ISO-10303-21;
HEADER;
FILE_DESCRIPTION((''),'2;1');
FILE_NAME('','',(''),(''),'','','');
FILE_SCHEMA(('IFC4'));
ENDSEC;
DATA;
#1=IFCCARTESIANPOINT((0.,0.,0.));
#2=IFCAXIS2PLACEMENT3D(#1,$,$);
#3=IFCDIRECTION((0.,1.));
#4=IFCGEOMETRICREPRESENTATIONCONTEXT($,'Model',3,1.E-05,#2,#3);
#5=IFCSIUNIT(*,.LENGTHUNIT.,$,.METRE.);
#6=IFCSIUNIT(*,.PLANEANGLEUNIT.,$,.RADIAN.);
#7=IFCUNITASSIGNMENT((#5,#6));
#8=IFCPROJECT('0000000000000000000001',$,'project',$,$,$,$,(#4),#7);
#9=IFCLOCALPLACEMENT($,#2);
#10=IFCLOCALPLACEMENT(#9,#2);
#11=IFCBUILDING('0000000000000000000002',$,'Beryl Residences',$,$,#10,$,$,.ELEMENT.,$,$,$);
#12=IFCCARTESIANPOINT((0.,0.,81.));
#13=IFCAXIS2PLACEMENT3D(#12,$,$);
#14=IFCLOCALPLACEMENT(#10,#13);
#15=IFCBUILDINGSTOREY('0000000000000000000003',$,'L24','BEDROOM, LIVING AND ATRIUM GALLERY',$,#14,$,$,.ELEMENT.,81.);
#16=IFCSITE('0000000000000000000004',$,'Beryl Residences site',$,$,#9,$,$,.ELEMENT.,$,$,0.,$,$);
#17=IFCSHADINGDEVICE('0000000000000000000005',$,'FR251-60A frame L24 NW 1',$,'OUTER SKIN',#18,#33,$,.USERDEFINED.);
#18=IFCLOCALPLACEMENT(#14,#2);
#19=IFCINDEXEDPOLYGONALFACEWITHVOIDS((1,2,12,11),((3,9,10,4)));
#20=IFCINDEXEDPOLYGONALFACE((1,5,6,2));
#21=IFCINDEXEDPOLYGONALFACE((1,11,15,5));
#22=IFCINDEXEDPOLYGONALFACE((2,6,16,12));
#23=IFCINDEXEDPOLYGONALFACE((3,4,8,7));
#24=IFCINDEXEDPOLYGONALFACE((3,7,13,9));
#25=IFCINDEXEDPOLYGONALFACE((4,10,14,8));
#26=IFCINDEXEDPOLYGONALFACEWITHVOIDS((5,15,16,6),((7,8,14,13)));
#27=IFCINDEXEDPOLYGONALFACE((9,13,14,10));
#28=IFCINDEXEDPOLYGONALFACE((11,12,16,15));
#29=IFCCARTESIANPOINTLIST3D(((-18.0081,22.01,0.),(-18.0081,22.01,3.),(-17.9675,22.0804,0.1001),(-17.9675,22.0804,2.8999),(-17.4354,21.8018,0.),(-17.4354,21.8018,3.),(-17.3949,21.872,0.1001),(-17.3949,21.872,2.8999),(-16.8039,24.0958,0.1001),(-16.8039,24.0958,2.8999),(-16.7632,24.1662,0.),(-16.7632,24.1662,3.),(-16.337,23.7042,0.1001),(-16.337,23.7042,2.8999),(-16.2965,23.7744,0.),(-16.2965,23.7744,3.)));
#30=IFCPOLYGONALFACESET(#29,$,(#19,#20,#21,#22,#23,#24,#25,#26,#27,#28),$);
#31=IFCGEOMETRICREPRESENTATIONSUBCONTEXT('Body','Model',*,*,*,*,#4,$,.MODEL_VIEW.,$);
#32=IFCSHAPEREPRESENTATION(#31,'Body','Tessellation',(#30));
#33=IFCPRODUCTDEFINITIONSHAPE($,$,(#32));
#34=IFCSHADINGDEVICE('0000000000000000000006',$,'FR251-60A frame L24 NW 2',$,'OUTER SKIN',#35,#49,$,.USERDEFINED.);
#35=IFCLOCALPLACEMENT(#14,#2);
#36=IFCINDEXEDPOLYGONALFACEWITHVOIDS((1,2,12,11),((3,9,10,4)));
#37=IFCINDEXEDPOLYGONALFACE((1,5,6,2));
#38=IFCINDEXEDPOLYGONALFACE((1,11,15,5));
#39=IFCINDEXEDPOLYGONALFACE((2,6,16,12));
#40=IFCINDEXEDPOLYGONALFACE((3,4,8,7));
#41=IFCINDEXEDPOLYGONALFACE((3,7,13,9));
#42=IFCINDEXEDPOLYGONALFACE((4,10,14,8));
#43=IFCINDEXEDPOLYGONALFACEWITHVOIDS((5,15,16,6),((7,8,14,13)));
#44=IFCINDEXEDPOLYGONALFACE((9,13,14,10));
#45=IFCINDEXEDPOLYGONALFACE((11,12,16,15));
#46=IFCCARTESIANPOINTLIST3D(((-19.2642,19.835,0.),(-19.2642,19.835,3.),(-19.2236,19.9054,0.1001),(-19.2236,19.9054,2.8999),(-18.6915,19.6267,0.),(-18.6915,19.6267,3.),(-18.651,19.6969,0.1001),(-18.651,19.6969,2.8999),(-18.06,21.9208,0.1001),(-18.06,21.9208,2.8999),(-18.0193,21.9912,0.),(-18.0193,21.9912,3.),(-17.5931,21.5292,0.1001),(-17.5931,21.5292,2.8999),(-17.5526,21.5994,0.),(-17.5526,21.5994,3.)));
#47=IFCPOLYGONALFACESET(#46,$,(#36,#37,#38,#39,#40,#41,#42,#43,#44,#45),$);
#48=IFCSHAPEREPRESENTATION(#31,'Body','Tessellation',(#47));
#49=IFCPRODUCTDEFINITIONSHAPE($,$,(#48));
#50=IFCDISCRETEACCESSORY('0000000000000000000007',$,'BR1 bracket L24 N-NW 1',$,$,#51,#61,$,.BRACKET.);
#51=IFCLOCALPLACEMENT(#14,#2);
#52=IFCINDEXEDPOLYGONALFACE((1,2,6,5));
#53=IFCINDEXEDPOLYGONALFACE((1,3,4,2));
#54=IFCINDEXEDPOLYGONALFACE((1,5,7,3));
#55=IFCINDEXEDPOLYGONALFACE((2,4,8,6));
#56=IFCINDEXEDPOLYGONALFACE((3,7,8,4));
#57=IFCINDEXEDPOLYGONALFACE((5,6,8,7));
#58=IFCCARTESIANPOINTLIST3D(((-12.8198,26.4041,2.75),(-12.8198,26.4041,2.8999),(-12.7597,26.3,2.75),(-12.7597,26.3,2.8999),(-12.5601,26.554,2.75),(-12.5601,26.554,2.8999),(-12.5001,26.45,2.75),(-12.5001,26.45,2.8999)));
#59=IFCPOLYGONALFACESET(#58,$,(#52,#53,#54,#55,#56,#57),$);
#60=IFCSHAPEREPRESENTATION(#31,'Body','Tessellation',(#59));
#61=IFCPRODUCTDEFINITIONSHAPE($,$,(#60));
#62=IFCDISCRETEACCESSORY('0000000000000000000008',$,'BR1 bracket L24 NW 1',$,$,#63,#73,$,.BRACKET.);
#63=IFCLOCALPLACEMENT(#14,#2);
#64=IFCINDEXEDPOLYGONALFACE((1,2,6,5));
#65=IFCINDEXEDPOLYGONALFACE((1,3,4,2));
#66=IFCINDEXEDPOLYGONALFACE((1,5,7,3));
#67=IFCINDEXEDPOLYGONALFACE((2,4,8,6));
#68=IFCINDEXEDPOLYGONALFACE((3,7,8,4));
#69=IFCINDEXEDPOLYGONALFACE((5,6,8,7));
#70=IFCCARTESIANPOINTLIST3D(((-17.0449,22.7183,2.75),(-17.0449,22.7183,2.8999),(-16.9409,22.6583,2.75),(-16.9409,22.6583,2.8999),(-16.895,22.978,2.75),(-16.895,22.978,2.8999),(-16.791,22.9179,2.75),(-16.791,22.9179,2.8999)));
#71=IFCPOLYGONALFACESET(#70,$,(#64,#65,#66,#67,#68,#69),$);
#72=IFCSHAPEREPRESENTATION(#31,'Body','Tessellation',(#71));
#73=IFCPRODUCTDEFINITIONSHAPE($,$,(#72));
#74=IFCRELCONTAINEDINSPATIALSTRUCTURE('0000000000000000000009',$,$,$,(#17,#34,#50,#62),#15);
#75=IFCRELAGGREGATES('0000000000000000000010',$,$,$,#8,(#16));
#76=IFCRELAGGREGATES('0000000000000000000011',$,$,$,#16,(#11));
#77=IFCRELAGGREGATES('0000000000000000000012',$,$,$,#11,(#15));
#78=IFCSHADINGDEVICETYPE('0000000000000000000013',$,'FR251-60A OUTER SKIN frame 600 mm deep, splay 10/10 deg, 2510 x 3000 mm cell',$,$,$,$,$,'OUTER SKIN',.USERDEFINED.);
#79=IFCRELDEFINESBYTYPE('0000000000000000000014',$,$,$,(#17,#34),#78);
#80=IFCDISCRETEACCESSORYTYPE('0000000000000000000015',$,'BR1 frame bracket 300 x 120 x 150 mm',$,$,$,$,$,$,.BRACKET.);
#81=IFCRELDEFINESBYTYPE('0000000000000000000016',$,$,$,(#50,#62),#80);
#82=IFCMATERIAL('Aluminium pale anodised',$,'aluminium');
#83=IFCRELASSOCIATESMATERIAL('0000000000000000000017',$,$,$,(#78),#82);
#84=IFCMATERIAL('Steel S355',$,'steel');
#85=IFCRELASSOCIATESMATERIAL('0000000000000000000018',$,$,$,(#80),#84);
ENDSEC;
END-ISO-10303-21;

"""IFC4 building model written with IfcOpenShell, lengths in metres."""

from ifc_helpers import new_model, entity, si_unit, direction, frame, origin, place, context, subcontext, project, spatial, polyline, outline, extrude, source, transform, mapped, material, type_object, type_shapes, element, save


model = new_model("IFC4")

# Units and contexts
model_context = context("Model", 3, precision=1e-05, world=origin(), true_north=direction((0.0, 1.0)))
body_context = subcontext(model_context, "Body", "Model", "MODEL_VIEW")
ifc_project = project(units=[si_unit("LENGTHUNIT", "METRE"), si_unit("PLANEANGLEUNIT", "RADIAN")], contexts=[model_context])

# Site, building, storey
site_placement = place(None, origin())
site = spatial("IfcSite", under=ifc_project, at=site_placement, Name="Beryl Residences site", CompositionType="ELEMENT", RefElevation=0.0)
building_placement = place(site_placement, origin())
building = spatial("IfcBuilding", under=site, at=building_placement, Name="Beryl Residences", CompositionType="ELEMENT")
storey_placement = place(building_placement, frame((0.0, 0.0, 81.0)))
storey = spatial("IfcBuildingStorey", under=building, at=storey_placement, Name="L24", Description="BEDROOM, LIVING AND ATRIUM GALLERY", CompositionType="ELEMENT", Elevation=81.0)

# Shading devices
ifc_material_1 = material(Name="Aluminium pale anodised", Category="aluminium")
shading_device_type_1 = type_object("IfcShadingDeviceType", Name="FR251-60A OUTER SKIN frame 600 mm deep, splay 10/10 deg, 2510 x 3000 mm cell", ElementType="OUTER SKIN", PredefinedType="USERDEFINED", material=ifc_material_1)
cartesian_point_1 = entity("IfcCartesianPoint", [-1.1389, 0.0])
cartesian_point_2 = entity("IfcCartesianPoint", [-1.0579, 0.1001])
cartesian_point_3 = entity("IfcCartesianPoint", [-1.2449, 0.0])
cartesian_point_4 = entity("IfcCartesianPoint", [-1.1636, 0.1001])
shared_shape_1 = source(origin(), body_context, "Body", "SweptSolid", [
    entity("IfcExtrudedAreaSolidTapered", entity("IfcArbitraryProfileDefWithVoids", "AREA", None, entity("IfcPolyline", [cartesian_point_1, entity("IfcCartesianPoint", [1.1389, 0.0]), entity("IfcCartesianPoint", [1.1389, 3.0]), entity("IfcCartesianPoint", [-1.1389, 3.0]), cartesian_point_1]), [entity("IfcPolyline", [cartesian_point_2, entity("IfcCartesianPoint", [1.0579, 0.1001]), entity("IfcCartesianPoint", [1.0579, 2.8999]), entity("IfcCartesianPoint", [-1.0579, 2.8999]), cartesian_point_2])]), entity("IfcAxis2Placement3D", entity("IfcCartesianPoint", [0.0, 0.0, 0.0]), entity("IfcDirection", [0.0, 1.0, 0.0]), entity("IfcDirection", [-1.0, 0.0, 0.0])), entity("IfcDirection", [0.0, 0.0, 1.0]), 0.6001, entity("IfcArbitraryProfileDefWithVoids", "AREA", None, entity("IfcPolyline", [cartesian_point_3, entity("IfcCartesianPoint", [1.2449, 0.0]), entity("IfcCartesianPoint", [1.2449, 3.0]), entity("IfcCartesianPoint", [-1.2449, 3.0]), cartesian_point_3]), [entity("IfcPolyline", [cartesian_point_4, entity("IfcCartesianPoint", [1.1636, 0.1001]), entity("IfcCartesianPoint", [1.1636, 2.8999]), entity("IfcCartesianPoint", [-1.1636, 2.8999]), cartesian_point_4])])),
])
type_shapes(shading_device_type_1, [shared_shape_1])
for number, where, z_axis, x_axis, name in (
    (1, (-16.866, 22.7881, 0.0), (0.0, 0.0, 1.0), (0.5, 0.866025, 0.0), "FR251-60A frame L24 NW 1"),
    (2, (-18.1221, 20.613, 0.0), (0.0, 0.0, 1.0), (0.5, 0.866025, 0.0), "FR251-60A frame L24 NW 2"),
):
    element("IfcShadingDevice", number, at=place(storey_placement, frame(where, z_axis=z_axis, x_axis=x_axis)), inside=storey, type_object=shading_device_type_1, Name=name, ObjectType="OUTER SKIN", PredefinedType="USERDEFINED", context=body_context, shape_type="MappedRepresentation", body=[
        mapped(shared_shape_1, transform((0.0, 0.0, 0.0))),
    ])

# Discrete accessories
ifc_material_2 = material(Name="Steel S355", Category="steel")
discrete_accessory_type = type_object("IfcDiscreteAccessoryType", Name="BR1 frame bracket 300 x 120 x 150 mm", PredefinedType="BRACKET", material=ifc_material_2)
shared_shape_2 = source(origin(), body_context, "Body", "SweptSolid", [
    extrude(outline(polyline([(-0.1499, 0.0), (0.1499, 0.0), (0.1499, 0.1201), (-0.1499, 0.1201), (-0.1499, 0.0)])), origin(), (0.0, 0.0, 1.0), 0.1499),
])
type_shapes(discrete_accessory_type, [shared_shape_2])
for number, where, z_axis, x_axis, name in (
    (3, (-12.6299, 26.375, 2.75), (0.0, 0.0, 1.0), (0.866025, 0.5, 0.0), "BR1 bracket L24 N-NW 1"),
    (4, (-16.866, 22.7881, 2.75), (0.0, 0.0, 1.0), (0.5, 0.866025, 0.0), "BR1 bracket L24 NW 1"),
):
    element("IfcDiscreteAccessory", number, at=place(storey_placement, frame(where, z_axis=z_axis, x_axis=x_axis)), inside=storey, type_object=discrete_accessory_type, Name=name, PredefinedType="BRACKET", context=body_context, shape_type="MappedRepresentation", body=[
        mapped(shared_shape_2, transform((0.0, 0.0, 0.0))),
    ])

save(model, "model.ifc")
